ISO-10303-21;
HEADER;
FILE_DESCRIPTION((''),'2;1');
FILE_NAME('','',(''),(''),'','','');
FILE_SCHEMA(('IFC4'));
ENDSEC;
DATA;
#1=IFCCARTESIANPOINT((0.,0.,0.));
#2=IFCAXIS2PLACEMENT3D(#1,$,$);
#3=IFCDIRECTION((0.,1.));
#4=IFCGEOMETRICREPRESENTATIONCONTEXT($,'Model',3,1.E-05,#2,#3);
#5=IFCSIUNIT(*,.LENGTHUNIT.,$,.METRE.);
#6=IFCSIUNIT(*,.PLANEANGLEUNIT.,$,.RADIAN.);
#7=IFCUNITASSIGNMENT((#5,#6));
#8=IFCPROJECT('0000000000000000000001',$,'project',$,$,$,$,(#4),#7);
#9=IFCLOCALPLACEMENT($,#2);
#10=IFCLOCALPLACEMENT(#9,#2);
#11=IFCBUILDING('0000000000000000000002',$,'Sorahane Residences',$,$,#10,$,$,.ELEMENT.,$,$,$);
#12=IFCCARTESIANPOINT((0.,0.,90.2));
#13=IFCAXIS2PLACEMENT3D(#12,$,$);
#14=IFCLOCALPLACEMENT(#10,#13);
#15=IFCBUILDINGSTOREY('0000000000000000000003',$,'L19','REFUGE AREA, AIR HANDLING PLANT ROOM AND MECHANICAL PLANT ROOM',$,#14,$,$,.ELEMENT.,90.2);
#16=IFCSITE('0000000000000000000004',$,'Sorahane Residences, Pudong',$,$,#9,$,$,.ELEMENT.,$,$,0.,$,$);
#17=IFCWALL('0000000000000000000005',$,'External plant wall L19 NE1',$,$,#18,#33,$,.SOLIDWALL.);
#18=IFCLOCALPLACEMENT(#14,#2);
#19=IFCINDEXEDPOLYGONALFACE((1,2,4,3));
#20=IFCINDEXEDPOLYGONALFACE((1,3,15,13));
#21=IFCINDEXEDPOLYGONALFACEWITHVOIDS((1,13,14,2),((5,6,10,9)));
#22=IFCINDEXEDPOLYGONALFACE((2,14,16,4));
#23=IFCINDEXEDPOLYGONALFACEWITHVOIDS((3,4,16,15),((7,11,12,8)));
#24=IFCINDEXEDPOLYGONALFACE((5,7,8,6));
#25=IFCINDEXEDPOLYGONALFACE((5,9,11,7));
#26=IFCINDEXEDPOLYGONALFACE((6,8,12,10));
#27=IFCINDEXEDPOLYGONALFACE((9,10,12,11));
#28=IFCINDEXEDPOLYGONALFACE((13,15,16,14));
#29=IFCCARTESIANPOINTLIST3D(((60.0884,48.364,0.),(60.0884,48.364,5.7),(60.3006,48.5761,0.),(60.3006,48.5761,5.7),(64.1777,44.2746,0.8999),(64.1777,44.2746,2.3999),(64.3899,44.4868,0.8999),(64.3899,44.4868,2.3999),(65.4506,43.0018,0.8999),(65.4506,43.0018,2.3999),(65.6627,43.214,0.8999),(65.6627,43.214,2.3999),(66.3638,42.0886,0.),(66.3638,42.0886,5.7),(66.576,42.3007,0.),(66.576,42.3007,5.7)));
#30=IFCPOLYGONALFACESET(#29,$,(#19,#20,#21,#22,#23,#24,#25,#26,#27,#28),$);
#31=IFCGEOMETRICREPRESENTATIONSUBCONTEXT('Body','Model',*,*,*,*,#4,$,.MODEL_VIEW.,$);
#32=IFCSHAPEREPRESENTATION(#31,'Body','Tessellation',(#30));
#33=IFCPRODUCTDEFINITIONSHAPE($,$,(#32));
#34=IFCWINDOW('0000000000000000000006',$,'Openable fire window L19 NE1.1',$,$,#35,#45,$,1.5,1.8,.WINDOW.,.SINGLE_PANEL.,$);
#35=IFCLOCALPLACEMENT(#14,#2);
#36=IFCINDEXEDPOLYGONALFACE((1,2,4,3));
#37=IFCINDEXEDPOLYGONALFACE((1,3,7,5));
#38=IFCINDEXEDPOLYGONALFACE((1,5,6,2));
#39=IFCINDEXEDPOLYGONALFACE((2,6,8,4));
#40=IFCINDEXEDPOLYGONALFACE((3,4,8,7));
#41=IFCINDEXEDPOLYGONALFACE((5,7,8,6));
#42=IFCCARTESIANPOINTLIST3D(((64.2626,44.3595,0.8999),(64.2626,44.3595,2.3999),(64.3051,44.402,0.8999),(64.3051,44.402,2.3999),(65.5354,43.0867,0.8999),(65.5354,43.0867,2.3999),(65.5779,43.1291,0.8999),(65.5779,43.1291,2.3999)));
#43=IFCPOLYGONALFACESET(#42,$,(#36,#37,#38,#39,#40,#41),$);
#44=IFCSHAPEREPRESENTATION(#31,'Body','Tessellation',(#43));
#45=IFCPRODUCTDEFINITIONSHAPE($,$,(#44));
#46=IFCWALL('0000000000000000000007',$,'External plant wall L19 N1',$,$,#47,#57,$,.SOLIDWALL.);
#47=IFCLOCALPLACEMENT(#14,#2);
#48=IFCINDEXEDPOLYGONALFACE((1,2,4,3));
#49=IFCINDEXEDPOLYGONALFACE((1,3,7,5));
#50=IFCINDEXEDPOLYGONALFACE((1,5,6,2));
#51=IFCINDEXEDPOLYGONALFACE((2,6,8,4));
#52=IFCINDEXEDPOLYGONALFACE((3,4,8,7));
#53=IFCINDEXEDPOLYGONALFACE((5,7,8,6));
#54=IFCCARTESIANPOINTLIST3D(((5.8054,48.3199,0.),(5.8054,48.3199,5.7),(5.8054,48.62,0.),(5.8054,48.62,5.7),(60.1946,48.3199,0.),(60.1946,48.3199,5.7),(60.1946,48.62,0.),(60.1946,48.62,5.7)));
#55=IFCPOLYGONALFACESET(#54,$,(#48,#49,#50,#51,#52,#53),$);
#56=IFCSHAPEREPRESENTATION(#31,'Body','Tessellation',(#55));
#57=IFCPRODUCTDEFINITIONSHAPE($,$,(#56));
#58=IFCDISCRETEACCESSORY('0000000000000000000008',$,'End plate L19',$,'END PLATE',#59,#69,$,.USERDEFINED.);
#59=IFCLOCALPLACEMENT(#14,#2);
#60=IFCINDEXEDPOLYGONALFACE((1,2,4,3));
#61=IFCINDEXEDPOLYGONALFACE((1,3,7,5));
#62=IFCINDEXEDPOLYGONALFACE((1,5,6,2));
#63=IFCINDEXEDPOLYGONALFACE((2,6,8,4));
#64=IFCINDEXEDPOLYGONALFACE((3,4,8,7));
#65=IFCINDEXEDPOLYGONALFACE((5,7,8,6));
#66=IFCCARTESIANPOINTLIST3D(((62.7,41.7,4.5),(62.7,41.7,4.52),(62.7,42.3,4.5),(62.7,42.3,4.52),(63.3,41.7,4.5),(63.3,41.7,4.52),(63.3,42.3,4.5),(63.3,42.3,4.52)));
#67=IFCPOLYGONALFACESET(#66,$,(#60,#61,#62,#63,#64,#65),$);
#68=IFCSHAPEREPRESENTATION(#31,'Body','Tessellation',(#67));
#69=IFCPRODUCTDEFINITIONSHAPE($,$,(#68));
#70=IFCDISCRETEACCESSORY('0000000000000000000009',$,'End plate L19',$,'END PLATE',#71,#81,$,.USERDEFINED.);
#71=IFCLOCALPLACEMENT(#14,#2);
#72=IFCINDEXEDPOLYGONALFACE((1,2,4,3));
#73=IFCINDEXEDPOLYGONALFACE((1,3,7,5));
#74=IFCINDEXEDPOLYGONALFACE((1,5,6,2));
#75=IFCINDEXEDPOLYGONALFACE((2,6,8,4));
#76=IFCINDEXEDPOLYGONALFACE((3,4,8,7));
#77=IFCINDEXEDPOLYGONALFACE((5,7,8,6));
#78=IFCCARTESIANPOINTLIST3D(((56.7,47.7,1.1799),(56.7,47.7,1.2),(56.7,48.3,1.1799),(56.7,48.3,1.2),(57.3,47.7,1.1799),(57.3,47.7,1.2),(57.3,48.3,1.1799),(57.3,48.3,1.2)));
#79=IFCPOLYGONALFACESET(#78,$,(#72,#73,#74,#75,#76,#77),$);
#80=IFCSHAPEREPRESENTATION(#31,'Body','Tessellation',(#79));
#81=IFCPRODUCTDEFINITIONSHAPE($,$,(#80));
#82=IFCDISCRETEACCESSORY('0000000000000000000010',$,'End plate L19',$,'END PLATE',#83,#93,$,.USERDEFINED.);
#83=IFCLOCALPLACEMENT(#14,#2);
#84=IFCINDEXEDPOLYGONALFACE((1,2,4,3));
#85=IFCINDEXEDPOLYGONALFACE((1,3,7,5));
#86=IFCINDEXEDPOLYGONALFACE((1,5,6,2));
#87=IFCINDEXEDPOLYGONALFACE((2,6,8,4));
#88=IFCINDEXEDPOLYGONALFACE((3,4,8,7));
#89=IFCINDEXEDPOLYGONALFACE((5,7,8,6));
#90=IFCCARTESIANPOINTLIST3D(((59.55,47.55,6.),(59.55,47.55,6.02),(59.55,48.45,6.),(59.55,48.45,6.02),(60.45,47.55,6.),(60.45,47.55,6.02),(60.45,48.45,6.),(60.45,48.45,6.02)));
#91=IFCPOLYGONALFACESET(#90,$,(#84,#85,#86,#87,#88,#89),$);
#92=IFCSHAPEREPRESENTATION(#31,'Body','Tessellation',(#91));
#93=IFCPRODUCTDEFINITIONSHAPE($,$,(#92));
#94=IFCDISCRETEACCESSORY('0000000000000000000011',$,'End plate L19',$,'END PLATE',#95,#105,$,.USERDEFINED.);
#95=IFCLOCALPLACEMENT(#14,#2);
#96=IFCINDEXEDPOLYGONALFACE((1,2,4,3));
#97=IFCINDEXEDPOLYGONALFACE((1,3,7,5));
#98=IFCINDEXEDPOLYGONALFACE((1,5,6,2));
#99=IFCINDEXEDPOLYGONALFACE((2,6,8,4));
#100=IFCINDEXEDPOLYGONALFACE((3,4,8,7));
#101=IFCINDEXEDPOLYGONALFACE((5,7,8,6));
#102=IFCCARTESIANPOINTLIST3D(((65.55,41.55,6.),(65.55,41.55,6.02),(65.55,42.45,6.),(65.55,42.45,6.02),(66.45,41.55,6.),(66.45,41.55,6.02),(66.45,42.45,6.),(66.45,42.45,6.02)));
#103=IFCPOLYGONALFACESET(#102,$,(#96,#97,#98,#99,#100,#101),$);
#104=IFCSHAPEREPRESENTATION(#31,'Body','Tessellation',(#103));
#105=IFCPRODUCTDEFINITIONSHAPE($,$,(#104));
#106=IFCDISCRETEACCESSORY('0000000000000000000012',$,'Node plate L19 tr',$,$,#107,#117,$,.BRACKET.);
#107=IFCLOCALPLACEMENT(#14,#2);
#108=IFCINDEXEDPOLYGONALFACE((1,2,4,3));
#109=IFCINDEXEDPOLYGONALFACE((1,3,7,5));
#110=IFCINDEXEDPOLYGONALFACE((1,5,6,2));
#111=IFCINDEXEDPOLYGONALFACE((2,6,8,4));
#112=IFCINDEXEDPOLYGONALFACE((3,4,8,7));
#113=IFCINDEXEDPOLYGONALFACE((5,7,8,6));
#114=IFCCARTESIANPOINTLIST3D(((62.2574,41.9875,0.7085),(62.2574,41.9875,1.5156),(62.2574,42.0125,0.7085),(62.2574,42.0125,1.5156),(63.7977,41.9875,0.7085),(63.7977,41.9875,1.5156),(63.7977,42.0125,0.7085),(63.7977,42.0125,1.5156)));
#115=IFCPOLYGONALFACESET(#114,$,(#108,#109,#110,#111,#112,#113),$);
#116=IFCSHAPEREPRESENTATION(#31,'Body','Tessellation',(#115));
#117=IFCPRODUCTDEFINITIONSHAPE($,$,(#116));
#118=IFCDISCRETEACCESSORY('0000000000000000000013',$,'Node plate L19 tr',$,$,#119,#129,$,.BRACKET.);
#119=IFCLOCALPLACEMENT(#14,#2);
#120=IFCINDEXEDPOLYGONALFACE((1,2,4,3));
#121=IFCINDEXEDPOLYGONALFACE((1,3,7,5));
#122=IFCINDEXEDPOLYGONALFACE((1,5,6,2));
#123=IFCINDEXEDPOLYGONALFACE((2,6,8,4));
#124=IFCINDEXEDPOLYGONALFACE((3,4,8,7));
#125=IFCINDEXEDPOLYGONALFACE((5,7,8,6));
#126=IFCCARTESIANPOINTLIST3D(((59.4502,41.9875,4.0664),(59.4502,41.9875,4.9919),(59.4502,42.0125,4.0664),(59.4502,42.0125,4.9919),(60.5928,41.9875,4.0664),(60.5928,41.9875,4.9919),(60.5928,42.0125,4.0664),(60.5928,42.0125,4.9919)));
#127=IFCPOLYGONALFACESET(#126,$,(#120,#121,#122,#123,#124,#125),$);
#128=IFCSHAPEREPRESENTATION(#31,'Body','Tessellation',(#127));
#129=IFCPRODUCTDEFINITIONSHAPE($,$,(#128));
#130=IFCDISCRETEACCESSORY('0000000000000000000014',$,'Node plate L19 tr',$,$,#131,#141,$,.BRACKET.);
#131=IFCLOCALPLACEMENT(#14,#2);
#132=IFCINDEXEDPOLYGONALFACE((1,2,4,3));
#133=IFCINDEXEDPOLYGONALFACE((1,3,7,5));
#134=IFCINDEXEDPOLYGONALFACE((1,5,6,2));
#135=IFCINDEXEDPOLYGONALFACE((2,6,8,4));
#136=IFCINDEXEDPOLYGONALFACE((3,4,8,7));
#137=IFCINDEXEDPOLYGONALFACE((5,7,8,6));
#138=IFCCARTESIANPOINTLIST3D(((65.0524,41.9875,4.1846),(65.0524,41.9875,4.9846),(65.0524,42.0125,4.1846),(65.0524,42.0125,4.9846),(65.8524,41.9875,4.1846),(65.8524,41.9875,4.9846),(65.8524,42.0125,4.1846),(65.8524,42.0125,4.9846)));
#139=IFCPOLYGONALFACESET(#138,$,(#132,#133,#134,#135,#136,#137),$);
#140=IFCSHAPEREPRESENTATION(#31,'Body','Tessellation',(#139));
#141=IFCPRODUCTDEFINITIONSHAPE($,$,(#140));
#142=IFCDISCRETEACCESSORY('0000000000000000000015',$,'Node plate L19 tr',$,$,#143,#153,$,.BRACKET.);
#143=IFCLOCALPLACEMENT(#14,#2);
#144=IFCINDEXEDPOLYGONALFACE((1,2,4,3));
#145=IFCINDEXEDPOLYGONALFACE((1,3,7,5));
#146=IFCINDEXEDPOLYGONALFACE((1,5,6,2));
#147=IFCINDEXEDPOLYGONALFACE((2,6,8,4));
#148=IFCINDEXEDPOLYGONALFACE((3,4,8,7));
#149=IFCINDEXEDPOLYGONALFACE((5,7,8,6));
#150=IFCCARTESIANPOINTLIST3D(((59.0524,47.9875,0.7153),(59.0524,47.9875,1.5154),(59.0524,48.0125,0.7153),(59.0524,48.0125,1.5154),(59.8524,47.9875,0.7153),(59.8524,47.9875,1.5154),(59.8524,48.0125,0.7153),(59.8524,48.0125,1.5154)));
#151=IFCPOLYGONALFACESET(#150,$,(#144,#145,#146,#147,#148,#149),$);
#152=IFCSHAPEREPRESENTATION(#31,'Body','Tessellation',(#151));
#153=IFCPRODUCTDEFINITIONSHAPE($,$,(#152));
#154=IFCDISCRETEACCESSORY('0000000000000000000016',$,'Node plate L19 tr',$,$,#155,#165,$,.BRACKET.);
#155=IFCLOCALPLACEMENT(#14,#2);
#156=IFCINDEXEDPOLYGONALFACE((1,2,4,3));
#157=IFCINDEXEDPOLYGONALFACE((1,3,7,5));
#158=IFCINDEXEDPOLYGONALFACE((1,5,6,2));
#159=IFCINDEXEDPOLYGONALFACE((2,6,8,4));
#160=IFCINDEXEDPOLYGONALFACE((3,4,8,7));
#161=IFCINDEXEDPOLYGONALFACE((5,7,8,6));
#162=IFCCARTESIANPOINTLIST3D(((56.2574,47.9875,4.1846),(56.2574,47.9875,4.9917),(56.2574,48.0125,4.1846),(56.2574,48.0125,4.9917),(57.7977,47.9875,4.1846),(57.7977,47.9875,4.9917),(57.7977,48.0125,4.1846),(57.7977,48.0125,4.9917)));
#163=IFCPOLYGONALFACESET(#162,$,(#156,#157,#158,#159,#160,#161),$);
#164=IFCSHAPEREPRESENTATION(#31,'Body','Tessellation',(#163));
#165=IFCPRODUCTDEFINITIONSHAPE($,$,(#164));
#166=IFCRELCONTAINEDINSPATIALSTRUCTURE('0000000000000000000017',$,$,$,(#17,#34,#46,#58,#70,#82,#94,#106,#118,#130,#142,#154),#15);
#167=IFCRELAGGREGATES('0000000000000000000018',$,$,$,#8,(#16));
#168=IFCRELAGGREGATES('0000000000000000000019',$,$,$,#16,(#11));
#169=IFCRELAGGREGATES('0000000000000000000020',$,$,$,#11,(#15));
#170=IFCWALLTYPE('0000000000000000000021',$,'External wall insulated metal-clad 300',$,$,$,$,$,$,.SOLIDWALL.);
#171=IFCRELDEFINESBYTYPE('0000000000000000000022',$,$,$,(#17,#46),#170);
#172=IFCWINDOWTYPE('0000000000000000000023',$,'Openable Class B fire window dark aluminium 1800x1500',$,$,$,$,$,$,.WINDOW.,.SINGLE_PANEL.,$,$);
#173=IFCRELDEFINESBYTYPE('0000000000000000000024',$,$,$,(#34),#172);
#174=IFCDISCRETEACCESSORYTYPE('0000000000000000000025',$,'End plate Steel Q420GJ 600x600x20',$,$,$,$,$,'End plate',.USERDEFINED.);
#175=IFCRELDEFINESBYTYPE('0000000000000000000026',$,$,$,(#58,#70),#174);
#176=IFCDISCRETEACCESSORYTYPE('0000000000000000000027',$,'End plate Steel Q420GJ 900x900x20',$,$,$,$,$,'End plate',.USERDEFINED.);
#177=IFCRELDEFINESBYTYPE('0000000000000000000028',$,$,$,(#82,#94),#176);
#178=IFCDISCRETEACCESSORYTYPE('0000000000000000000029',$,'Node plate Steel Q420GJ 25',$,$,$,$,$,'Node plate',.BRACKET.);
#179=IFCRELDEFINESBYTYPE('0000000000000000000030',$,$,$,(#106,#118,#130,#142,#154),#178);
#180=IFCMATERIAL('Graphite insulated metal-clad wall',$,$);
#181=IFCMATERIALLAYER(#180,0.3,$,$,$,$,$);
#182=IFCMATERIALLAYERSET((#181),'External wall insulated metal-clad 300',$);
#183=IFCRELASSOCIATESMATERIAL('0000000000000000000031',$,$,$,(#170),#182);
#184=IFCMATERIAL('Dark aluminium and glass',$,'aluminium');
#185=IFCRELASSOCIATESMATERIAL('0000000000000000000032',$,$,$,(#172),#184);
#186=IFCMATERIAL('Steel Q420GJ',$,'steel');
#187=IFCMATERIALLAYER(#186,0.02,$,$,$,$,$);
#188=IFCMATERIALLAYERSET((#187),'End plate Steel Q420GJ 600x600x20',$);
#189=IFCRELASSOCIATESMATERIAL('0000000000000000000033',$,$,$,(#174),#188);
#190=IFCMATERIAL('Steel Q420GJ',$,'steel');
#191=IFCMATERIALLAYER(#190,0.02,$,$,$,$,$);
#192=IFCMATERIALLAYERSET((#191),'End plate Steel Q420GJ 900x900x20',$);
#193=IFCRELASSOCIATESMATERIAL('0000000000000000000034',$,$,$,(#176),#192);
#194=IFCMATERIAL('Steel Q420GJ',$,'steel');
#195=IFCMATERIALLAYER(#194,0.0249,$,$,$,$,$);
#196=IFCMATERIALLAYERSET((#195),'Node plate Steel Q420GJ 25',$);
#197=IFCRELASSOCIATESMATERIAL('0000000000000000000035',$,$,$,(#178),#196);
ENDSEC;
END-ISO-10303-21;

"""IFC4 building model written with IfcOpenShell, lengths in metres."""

from ifc_helpers import new_model, si_unit, direction, frame, frame_2d, origin, origin_2d, place, context, subcontext, project, spatial, rectangle, extrude, material, layer, layer_set, type_object, element, fill, save


model = new_model("IFC4")

# Units and contexts
model_context = context("Model", 3, precision=1e-05, world=origin(), true_north=direction((0.0, 1.0)))
body_context = subcontext(model_context, "Body", "Model", "MODEL_VIEW")
ifc_project = project(units=[si_unit("LENGTHUNIT", "METRE"), si_unit("PLANEANGLEUNIT", "RADIAN")], contexts=[model_context])

# Site, building, storey
site_placement = place(None, origin())
site = spatial("IfcSite", under=ifc_project, at=site_placement, Name="Sorahane Residences, Pudong", CompositionType="ELEMENT", RefElevation=0.0)
building_placement = place(site_placement, origin())
building = spatial("IfcBuilding", under=site, at=building_placement, Name="Sorahane Residences", CompositionType="ELEMENT")
storey_placement = place(building_placement, frame((0.0, 0.0, 90.2)))
storey = spatial("IfcBuildingStorey", under=building, at=storey_placement, Name="L19", Description="REFUGE AREA, AIR HANDLING PLANT ROOM AND MECHANICAL PLANT ROOM", CompositionType="ELEMENT", Elevation=90.2)

# Wall, opening, window
ifc_material_1 = material(Name="Graphite insulated metal-clad wall")
ifc_layer_1 = layer(ifc_material_1, 0.3)
ifc_layer_set_1 = layer_set([ifc_layer_1], Name="External wall insulated metal-clad 300")
wall_type = type_object("IfcWallType", Name="External wall insulated metal-clad 300", PredefinedType="SOLIDWALL", material=ifc_layer_set_1)
wall_1_placement = place(storey_placement, frame((66.47, 42.1946, 0.0), z_axis=(0.0, 0.0, 1.0), x_axis=(-0.707107, 0.707107, 0.0)))
wall_1 = element("IfcWall", 1, at=wall_1_placement, inside=storey, type_object=wall_type, Name="External plant wall L19 NE1", PredefinedType="SOLIDWALL", context=body_context, shape_type="SweptSolid", body=[
    extrude(rectangle(XDim=8.8748, YDim=0.3, at=frame_2d((4.4375, 0.0))), origin(), (0.0, 0.0, 1.0), 5.7),
])
opening_placement = place(wall_1_placement, frame((1.2917, 0.0, 0.8999)))
opening = element("IfcOpeningElement", 2, at=opening_placement, cuts=wall_1, PredefinedType="OPENING", context=body_context, shape_type="SweptSolid", body=[
    extrude(rectangle(XDim=1.8, YDim=1.5, at=frame_2d((0.8999, 0.75))), frame((0.0, 0.1599, 0.0), z_axis=(0.0, -1.0, 0.0), x_axis=(1.0, 0.0, 0.0)), (0.0, 0.0, 1.0), 0.3201),
])
ifc_material_2 = material(Name="Dark aluminium and glass", Category="aluminium")
window_type = type_object("IfcWindowType", Name="Openable Class B fire window dark aluminium 1800x1500", PartitioningType="SINGLE_PANEL", PredefinedType="WINDOW", material=ifc_material_2)
window_placement = place(opening_placement, origin())
window = element("IfcWindow", 3, at=window_placement, inside=storey, type_object=window_type, Name="Openable fire window L19 NE1.1", OverallHeight=1.5, OverallWidth=1.8, PartitioningType="SINGLE_PANEL", PredefinedType="WINDOW", context=body_context, shape_type="SweptSolid", body=[
    extrude(rectangle(XDim=1.8, YDim=1.5, at=frame_2d((0.8999, 0.75))), frame((0.0, 0.03, 0.0), z_axis=(0.0, -1.0, 0.0), x_axis=(1.0, 0.0, 0.0)), (0.0, 0.0, 1.0), 0.0601),
])
fill(opening, window)

# Wall
wall_2_placement = place(storey_placement, frame((60.1946, 48.47, 0.0), z_axis=(0.0, 0.0, 1.0), x_axis=(-1.0, 0.0, 0.0)))
element("IfcWall", 4, at=wall_2_placement, inside=storey, type_object=wall_type, Name="External plant wall L19 N1", PredefinedType="SOLIDWALL", context=body_context, shape_type="SweptSolid", body=[
    extrude(rectangle(XDim=54.3892, YDim=0.3, at=frame_2d((27.1946, 0.0))), origin(), (0.0, 0.0, 1.0), 5.7),
])

# Discrete accessories
ifc_material_3 = material(Name="Steel Q420GJ", Category="steel")
ifc_layer_2 = layer(ifc_material_3, 0.02)
ifc_layer_set_2 = layer_set([ifc_layer_2], Name="End plate Steel Q420GJ 600x600x20")
discrete_accessory_type_1 = type_object("IfcDiscreteAccessoryType", Name="End plate Steel Q420GJ 600x600x20", ElementType="End plate", PredefinedType="USERDEFINED", material=ifc_layer_set_2)
for number, where, z_axis, x_axis, name in (
    (5, (63.0, 42.0, 4.5), (0.0, 0.0, 1.0), (1.0, 0.0, 0.0), "End plate L19"),
    (6, (57.0, 48.0, 1.1799), (0.0, 0.0, 1.0), (1.0, 0.0, 0.0), "End plate L19"),
):
    element("IfcDiscreteAccessory", number, at=place(storey_placement, frame(where, z_axis=z_axis, x_axis=x_axis)), inside=storey, type_object=discrete_accessory_type_1, Name=name, ObjectType="END PLATE", PredefinedType="USERDEFINED", context=body_context, shape_type="SweptSolid", body=[
        extrude(rectangle(XDim=0.6001, YDim=0.6001, at=origin_2d()), origin(), (0.0, 0.0, 1.0), 0.02),
    ])
ifc_material_4 = material(Name="Steel Q420GJ", Category="steel")
ifc_layer_3 = layer(ifc_material_4, 0.02)
ifc_layer_set_3 = layer_set([ifc_layer_3], Name="End plate Steel Q420GJ 900x900x20")
discrete_accessory_type_2 = type_object("IfcDiscreteAccessoryType", Name="End plate Steel Q420GJ 900x900x20", ElementType="End plate", PredefinedType="USERDEFINED", material=ifc_layer_set_3)
for number, where, z_axis, x_axis, name in (
    (7, (60.0, 48.0, 6.0), (0.0, 0.0, 1.0), (1.0, 0.0, 0.0), "End plate L19"),
    (8, (66.0, 42.0, 6.0), (0.0, 0.0, 1.0), (1.0, 0.0, 0.0), "End plate L19"),
):
    element("IfcDiscreteAccessory", number, at=place(storey_placement, frame(where, z_axis=z_axis, x_axis=x_axis)), inside=storey, type_object=discrete_accessory_type_2, Name=name, ObjectType="END PLATE", PredefinedType="USERDEFINED", context=body_context, shape_type="SweptSolid", body=[
        extrude(rectangle(XDim=0.8999, YDim=0.8999, at=origin_2d()), origin(), (0.0, 0.0, 1.0), 0.02),
    ])
ifc_material_5 = material(Name="Steel Q420GJ", Category="steel")
ifc_layer_4 = layer(ifc_material_5, 0.0249)
ifc_layer_set_4 = layer_set([ifc_layer_4], Name="Node plate Steel Q420GJ 25")
discrete_accessory_type_3 = type_object("IfcDiscreteAccessoryType", Name="Node plate Steel Q420GJ 25", ElementType="Node plate", PredefinedType="BRACKET", material=ifc_layer_set_4)
discrete_accessory_1_placement = place(storey_placement, frame((63.0276, 42.0, 0.7085), z_axis=(0.0, 0.0, 1.0), x_axis=(1.0, 0.0, 0.0)))
element("IfcDiscreteAccessory", 9, at=discrete_accessory_1_placement, inside=storey, type_object=discrete_accessory_type_3, Name="Node plate L19 tr", PredefinedType="BRACKET", context=body_context, shape_type="SweptSolid", body=[
    extrude(rectangle(XDim=1.5403, YDim=0.0249, at=origin_2d()), origin(), (0.0, 0.0, 1.0), 0.8071),
])
discrete_accessory_2_placement = place(storey_placement, frame((60.0215, 42.0, 4.0664), z_axis=(0.0, 0.0, 1.0), x_axis=(1.0, 0.0, 0.0)))
element("IfcDiscreteAccessory", 10, at=discrete_accessory_2_placement, inside=storey, type_object=discrete_accessory_type_3, Name="Node plate L19 tr", PredefinedType="BRACKET", context=body_context, shape_type="SweptSolid", body=[
    extrude(rectangle(XDim=1.1426, YDim=0.0249, at=origin_2d()), origin(), (0.0, 0.0, 1.0), 0.9255),
])
for number, where, z_axis, x_axis, name in (
    (11, (65.4524, 42.0, 4.1846), (0.0, 0.0, 1.0), (1.0, 0.0, 0.0), "Node plate L19 tr"),
    (12, (59.4524, 48.0, 0.7153), (0.0, 0.0, 1.0), (1.0, 0.0, 0.0), "Node plate L19 tr"),
):
    element("IfcDiscreteAccessory", number, at=place(storey_placement, frame(where, z_axis=z_axis, x_axis=x_axis)), inside=storey, type_object=discrete_accessory_type_3, Name=name, PredefinedType="BRACKET", context=body_context, shape_type="SweptSolid", body=[
        extrude(rectangle(XDim=0.8, YDim=0.0249, at=origin_2d()), origin(), (0.0, 0.0, 1.0), 0.8),
    ])
discrete_accessory_3_placement = place(storey_placement, frame((57.0276, 48.0, 4.1846), z_axis=(0.0, 0.0, 1.0), x_axis=(1.0, 0.0, 0.0)))
element("IfcDiscreteAccessory", 13, at=discrete_accessory_3_placement, inside=storey, type_object=discrete_accessory_type_3, Name="Node plate L19 tr", PredefinedType="BRACKET", context=body_context, shape_type="SweptSolid", body=[
    extrude(rectangle(XDim=1.5403, YDim=0.0249, at=origin_2d()), origin(), (0.0, 0.0, 1.0), 0.8071),
])

save(model, "model.ifc")
